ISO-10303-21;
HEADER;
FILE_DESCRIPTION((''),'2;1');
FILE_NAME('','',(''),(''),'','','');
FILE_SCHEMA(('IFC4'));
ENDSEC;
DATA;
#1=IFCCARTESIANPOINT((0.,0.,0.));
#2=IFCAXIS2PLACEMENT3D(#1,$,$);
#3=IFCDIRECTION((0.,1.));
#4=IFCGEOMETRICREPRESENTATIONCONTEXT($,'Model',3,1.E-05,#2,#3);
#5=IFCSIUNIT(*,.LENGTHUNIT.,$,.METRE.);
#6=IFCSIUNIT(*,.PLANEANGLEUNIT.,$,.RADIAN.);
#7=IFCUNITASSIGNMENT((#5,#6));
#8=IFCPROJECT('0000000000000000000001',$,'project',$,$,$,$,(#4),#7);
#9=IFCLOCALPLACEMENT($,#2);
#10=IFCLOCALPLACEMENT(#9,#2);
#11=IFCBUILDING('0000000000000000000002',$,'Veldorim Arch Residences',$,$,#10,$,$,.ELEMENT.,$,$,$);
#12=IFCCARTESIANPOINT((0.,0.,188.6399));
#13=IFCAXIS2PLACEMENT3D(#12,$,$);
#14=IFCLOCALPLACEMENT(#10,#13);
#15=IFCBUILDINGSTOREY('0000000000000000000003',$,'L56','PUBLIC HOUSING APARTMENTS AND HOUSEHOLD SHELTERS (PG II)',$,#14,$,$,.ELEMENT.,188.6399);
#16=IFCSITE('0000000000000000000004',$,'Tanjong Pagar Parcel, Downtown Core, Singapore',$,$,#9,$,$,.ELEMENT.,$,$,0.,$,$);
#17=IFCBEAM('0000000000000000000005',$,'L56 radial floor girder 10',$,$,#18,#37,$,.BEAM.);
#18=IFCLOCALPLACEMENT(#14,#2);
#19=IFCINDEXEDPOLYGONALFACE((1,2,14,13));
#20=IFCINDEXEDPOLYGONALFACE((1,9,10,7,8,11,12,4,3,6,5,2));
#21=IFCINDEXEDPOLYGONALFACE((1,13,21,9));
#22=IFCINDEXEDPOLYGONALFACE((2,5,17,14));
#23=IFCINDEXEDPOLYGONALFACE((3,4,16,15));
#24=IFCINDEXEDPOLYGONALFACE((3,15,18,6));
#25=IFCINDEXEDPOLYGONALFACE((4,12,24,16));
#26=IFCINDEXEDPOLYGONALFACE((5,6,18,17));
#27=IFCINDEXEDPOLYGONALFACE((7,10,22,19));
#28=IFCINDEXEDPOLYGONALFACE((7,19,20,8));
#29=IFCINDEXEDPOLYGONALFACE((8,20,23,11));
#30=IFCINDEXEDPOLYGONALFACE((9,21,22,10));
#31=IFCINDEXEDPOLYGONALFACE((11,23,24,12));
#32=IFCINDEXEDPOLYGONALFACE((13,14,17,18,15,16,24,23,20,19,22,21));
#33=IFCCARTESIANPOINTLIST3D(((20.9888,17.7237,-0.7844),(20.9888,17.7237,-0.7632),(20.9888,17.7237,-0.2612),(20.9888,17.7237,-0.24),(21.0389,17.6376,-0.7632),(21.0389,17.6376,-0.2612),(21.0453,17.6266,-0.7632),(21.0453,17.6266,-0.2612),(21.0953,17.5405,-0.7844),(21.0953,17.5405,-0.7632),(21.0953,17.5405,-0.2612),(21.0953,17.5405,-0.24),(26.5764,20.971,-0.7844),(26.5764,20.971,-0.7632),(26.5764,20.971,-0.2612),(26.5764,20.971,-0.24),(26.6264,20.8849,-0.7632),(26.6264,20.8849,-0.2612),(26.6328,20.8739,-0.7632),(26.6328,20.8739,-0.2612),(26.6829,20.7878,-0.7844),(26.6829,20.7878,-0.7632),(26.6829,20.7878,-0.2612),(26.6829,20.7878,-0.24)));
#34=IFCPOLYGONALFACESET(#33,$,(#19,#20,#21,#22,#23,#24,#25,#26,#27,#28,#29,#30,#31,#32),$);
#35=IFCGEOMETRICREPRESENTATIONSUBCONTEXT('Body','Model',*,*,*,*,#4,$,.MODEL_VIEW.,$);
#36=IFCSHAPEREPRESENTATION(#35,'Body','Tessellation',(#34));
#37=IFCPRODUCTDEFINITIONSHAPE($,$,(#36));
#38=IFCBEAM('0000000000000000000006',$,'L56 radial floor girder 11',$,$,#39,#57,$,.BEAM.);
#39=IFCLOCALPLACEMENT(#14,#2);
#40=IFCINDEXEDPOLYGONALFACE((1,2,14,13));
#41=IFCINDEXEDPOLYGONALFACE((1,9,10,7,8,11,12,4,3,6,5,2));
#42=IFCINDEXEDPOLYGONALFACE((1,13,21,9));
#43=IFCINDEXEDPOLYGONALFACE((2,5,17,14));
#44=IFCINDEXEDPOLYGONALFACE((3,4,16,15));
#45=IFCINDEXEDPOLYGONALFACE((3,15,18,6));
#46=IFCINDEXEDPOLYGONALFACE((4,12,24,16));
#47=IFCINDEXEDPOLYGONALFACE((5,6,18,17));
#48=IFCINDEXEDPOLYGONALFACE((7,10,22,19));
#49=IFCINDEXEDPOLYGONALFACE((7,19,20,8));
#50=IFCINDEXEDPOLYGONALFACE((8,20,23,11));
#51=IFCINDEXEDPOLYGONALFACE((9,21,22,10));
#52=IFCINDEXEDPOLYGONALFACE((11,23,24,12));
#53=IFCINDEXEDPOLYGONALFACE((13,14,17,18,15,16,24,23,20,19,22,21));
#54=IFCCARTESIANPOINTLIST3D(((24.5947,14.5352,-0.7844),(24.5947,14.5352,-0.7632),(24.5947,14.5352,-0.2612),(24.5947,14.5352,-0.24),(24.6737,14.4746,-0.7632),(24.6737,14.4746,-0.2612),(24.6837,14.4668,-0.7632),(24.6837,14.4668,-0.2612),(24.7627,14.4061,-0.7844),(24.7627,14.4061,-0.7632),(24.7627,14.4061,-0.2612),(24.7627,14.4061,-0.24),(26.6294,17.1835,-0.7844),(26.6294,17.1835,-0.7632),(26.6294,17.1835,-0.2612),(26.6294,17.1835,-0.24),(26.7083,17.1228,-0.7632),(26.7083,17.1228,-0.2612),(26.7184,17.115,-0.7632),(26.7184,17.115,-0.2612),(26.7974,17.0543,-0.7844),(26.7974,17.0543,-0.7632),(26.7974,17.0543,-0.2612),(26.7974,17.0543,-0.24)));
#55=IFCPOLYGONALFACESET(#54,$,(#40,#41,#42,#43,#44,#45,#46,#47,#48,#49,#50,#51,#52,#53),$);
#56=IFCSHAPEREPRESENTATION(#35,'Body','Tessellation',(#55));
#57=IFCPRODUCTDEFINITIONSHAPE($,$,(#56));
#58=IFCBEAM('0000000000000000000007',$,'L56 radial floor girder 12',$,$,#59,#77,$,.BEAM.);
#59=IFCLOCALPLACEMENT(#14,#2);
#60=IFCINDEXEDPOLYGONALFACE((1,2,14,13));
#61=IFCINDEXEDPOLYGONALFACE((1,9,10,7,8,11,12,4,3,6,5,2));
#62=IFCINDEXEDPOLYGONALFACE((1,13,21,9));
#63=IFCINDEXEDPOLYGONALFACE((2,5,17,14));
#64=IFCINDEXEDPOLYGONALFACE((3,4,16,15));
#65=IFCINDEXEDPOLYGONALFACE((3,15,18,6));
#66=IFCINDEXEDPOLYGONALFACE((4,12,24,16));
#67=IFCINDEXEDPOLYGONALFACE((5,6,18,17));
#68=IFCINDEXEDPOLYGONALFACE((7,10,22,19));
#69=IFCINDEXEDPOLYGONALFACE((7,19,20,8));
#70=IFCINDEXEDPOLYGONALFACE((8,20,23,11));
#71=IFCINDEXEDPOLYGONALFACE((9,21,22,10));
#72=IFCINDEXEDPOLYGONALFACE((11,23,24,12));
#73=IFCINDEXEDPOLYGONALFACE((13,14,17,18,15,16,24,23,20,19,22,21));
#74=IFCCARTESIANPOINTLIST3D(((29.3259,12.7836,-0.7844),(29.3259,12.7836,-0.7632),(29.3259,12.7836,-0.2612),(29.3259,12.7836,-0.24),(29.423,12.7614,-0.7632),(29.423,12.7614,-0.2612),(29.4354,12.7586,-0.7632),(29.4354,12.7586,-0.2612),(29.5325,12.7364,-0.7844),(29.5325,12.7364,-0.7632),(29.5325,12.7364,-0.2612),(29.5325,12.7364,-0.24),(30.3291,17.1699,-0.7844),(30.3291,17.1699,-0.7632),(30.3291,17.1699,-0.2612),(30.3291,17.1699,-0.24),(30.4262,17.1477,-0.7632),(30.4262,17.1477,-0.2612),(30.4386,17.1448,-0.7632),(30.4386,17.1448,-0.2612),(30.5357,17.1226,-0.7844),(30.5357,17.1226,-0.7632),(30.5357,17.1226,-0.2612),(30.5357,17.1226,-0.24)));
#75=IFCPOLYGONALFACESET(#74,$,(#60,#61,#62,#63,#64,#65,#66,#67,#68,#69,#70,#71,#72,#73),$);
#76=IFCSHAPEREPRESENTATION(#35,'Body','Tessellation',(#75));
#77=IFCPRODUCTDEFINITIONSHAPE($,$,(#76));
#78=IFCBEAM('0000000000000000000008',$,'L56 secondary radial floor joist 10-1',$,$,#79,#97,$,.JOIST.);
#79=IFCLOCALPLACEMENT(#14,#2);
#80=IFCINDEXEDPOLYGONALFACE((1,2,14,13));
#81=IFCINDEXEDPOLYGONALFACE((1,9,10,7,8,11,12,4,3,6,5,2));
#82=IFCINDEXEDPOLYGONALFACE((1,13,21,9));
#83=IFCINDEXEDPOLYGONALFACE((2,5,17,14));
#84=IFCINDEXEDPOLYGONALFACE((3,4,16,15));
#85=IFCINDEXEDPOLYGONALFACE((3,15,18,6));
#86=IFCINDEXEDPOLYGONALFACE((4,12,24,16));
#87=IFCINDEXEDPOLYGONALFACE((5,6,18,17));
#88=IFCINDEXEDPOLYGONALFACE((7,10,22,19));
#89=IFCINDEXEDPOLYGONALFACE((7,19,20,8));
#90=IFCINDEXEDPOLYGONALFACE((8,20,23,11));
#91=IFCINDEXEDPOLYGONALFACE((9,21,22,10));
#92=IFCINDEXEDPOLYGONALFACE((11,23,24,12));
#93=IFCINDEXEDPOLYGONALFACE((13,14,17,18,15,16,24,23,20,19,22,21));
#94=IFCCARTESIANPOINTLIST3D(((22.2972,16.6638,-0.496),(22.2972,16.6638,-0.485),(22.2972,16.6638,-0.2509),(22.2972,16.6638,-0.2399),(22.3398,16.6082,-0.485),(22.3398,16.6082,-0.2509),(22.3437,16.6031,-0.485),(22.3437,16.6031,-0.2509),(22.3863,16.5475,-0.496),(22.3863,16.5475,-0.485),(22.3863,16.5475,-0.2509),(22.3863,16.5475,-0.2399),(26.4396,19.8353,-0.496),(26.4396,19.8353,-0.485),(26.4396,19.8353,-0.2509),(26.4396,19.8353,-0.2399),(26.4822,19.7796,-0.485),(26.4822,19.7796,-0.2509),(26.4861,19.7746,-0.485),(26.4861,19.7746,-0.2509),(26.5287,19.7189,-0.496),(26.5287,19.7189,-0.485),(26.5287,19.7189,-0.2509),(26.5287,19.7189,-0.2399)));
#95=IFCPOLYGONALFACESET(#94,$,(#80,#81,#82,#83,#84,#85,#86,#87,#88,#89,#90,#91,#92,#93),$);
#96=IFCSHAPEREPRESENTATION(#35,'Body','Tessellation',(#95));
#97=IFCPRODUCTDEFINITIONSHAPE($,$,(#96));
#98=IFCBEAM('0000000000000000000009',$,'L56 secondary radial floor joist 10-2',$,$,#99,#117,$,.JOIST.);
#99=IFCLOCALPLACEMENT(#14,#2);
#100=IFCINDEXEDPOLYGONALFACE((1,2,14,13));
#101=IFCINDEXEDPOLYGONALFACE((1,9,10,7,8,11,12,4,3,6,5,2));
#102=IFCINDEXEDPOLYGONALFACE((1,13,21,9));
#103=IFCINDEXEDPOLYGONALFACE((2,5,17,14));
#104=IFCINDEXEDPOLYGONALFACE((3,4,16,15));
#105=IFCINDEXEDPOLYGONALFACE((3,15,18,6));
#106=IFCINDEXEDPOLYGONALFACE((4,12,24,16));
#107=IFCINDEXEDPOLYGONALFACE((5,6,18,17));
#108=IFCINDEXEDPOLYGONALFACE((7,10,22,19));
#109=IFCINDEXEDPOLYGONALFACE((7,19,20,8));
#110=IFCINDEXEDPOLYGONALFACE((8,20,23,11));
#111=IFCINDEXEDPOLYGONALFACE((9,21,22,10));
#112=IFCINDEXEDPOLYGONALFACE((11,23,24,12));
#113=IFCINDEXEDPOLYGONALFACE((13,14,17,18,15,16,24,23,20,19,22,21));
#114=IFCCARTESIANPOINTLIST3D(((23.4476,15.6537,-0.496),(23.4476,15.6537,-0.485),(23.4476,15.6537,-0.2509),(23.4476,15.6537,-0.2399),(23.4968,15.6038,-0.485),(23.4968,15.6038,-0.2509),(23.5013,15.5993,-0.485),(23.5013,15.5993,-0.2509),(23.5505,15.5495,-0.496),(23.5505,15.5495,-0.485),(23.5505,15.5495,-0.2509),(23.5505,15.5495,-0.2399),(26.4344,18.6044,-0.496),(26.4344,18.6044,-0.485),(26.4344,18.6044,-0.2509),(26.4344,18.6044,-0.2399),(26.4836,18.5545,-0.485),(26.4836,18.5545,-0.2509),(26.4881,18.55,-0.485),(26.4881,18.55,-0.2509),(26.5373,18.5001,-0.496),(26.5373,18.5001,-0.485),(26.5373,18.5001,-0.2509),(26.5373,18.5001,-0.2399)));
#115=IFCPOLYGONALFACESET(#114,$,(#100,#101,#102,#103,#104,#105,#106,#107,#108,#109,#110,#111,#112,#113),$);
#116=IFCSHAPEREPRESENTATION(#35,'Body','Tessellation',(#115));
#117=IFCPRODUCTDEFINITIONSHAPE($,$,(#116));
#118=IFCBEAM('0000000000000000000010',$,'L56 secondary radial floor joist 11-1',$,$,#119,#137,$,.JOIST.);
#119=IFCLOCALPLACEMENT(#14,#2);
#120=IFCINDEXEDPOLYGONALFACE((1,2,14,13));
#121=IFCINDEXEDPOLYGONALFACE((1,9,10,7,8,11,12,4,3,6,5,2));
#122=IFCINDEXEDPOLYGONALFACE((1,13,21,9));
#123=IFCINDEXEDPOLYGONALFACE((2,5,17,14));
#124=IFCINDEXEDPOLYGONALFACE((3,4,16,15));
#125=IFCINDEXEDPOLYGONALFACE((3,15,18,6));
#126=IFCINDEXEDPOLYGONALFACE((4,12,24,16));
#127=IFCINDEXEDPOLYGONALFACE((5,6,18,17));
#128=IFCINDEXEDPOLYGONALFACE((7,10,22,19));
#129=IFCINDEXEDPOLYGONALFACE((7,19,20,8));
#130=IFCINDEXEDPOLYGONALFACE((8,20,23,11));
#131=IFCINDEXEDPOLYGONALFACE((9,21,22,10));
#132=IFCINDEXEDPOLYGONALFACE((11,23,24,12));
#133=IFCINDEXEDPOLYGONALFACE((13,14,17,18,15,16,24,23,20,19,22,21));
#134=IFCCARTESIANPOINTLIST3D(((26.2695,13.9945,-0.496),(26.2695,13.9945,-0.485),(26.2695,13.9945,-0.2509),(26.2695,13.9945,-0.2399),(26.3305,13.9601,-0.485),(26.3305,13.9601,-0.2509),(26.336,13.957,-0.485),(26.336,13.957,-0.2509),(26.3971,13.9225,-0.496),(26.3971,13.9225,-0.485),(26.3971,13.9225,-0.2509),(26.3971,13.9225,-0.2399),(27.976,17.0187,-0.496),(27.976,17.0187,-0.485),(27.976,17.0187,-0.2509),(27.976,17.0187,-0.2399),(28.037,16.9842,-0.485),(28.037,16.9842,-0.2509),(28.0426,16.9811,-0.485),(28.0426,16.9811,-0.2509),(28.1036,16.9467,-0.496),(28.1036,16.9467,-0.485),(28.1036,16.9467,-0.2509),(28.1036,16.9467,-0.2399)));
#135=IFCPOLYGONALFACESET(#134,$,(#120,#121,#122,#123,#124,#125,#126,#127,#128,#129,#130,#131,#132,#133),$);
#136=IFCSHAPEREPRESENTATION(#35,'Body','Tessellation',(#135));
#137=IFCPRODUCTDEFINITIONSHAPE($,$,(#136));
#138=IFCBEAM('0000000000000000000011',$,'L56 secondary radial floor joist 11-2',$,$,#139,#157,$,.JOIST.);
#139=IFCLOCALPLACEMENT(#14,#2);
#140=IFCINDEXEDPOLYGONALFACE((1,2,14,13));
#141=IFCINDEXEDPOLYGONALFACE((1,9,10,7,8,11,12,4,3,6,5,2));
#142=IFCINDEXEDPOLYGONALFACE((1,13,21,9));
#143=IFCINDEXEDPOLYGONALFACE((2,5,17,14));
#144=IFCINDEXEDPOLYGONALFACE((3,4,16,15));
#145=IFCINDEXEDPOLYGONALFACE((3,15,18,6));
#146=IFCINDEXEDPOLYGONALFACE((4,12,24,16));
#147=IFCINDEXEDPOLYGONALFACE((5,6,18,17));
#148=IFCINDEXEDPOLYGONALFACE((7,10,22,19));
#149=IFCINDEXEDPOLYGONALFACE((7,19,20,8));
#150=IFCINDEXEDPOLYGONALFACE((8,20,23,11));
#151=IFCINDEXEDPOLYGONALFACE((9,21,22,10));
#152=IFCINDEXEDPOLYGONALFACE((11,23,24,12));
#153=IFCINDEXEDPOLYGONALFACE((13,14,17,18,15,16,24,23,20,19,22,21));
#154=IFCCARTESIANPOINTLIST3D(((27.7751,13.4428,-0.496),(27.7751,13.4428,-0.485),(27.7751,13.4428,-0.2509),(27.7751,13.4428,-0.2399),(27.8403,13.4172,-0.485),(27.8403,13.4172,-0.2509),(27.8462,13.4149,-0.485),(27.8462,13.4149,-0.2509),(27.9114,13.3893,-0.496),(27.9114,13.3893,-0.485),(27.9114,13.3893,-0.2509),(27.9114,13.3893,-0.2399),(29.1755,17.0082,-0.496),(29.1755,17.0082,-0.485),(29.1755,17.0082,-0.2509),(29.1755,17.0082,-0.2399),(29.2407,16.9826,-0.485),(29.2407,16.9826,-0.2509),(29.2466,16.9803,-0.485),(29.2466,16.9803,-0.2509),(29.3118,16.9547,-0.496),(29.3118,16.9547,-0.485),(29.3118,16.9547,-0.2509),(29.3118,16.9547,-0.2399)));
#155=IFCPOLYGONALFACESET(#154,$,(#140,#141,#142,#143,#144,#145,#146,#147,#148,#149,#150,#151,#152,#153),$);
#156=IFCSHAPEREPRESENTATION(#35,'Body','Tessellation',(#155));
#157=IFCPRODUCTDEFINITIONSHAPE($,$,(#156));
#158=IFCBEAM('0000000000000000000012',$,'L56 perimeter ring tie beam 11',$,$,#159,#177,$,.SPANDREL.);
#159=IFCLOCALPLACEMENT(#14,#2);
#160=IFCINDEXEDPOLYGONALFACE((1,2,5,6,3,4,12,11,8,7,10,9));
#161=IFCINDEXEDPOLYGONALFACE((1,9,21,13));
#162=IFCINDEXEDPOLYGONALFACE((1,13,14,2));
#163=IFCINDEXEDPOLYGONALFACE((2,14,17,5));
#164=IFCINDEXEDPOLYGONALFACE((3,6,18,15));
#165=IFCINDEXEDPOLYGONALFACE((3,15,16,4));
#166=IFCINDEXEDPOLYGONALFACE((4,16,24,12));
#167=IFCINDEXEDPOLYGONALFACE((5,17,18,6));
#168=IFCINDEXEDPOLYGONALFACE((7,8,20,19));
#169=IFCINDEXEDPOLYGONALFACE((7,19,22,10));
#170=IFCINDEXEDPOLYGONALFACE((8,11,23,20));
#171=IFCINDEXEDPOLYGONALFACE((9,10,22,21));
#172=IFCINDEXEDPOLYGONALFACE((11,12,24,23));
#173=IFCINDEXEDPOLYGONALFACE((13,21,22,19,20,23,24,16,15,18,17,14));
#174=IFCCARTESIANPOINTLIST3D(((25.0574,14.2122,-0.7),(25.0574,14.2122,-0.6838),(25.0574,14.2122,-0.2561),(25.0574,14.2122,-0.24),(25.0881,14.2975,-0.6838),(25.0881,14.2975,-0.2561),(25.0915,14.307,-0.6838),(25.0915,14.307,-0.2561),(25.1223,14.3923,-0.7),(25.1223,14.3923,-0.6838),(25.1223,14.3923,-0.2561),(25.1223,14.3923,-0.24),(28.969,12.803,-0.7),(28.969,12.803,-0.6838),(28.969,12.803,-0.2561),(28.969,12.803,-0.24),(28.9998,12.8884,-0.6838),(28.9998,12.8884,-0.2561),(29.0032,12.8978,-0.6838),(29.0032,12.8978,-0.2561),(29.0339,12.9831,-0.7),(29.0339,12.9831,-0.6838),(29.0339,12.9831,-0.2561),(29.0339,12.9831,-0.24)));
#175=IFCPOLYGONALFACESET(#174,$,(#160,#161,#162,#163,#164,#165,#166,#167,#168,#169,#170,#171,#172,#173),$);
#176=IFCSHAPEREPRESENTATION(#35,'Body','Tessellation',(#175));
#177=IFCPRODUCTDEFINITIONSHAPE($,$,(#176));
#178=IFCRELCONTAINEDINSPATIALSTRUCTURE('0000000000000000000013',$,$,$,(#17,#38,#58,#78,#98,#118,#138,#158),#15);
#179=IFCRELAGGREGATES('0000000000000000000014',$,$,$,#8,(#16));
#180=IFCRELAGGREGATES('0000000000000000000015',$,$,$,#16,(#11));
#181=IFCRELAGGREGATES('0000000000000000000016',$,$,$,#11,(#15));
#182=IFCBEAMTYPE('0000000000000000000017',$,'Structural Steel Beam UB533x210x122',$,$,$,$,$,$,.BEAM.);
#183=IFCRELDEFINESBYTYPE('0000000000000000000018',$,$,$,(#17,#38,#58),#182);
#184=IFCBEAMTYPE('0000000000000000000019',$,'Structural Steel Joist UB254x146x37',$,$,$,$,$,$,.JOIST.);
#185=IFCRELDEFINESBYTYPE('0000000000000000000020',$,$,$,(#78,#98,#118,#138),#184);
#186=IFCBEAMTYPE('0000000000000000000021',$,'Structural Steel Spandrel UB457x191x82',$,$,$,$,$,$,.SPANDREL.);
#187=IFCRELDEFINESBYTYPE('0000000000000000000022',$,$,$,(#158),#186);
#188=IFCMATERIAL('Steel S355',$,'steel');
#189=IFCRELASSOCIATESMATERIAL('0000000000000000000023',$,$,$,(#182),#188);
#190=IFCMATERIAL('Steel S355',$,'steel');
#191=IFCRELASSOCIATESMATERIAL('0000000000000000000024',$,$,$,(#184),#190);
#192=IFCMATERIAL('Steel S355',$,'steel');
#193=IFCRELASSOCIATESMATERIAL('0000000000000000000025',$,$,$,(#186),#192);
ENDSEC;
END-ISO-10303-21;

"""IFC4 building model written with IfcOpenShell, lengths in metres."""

from ifc_helpers import new_model, si_unit, direction, frame, origin, origin_2d, place, context, subcontext, project, spatial, i_section, extrude, material, material_profile, profile_set, type_object, element, save


model = new_model("IFC4")

# Units and contexts
model_context = context("Model", 3, precision=1e-05, world=origin(), true_north=direction((0.0, 1.0)))
body_context = subcontext(model_context, "Body", "Model", "MODEL_VIEW")
ifc_project = project(units=[si_unit("LENGTHUNIT", "METRE"), si_unit("PLANEANGLEUNIT", "RADIAN")], contexts=[model_context])

# Site, building, storey
site_placement = place(None, origin())
site = spatial("IfcSite", under=ifc_project, at=site_placement, Name="Tanjong Pagar Parcel, Downtown Core, Singapore", CompositionType="ELEMENT", RefElevation=0.0)
building_placement = place(site_placement, origin())
building = spatial("IfcBuilding", under=site, at=building_placement, Name="Veldorim Arch Residences", CompositionType="ELEMENT")
storey_placement = place(building_placement, frame((0.0, 0.0, 188.6399)))
storey = spatial("IfcBuildingStorey", under=building, at=storey_placement, Name="L56", Description="PUBLIC HOUSING APARTMENTS AND HOUSEHOLD SHELTERS (PG II)", CompositionType="ELEMENT", Elevation=188.6399)

# Beams
ifc_material_1 = material(Name="Steel S355", Category="steel")
ifc_material_profile_1 = material_profile(ifc_material_1, i_section(OverallWidth=0.2119, OverallDepth=0.5444, WebThickness=0.0127, FlangeThickness=0.0212, at=origin_2d()), Name="UB533x210x122")
ifc_profile_set_1 = profile_set([ifc_material_profile_1], Name="Steel S355")
beam_type_1 = type_object("IfcBeamType", Name="Structural Steel Beam UB533x210x122", PredefinedType="BEAM", material=ifc_profile_set_1)
beam_1_placement = place(storey_placement, frame((26.6296, 20.8794, -0.5122), z_axis=(-0.864596, -0.502468, 0.0), x_axis=(0.502468, -0.864596, 0.0)))
element("IfcBeam", 1, at=beam_1_placement, inside=storey, type_object=beam_type_1, Name="L56 radial floor girder 10", PredefinedType="BEAM", context=body_context, shape_type="SweptSolid", body=[
    extrude(i_section(OverallWidth=0.2119, OverallDepth=0.5444, WebThickness=0.0127, FlangeThickness=0.0212, at=origin_2d()), origin(), (0.0, 0.0, 1.0), 6.4626),
])
beam_2_placement = place(storey_placement, frame((26.7134, 17.1189, -0.5122), z_axis=(-0.609258, -0.792972, 0.0), x_axis=(0.792972, -0.609258, 0.0)))
element("IfcBeam", 2, at=beam_2_placement, inside=storey, type_object=beam_type_1, Name="L56 radial floor girder 11", PredefinedType="BEAM", context=body_context, shape_type="SweptSolid", body=[
    extrude(i_section(OverallWidth=0.2119, OverallDepth=0.5444, WebThickness=0.0127, FlangeThickness=0.0212, at=origin_2d()), origin(), (0.0, 0.0, 1.0), 3.3396),
])
beam_3_placement = place(storey_placement, frame((30.4324, 17.1462, -0.5122), z_axis=(-0.222953, -0.974829, 0.0), x_axis=(0.974829, -0.222953, 0.0)))
element("IfcBeam", 3, at=beam_3_placement, inside=storey, type_object=beam_type_1, Name="L56 radial floor girder 12", PredefinedType="BEAM", context=body_context, shape_type="SweptSolid", body=[
    extrude(i_section(OverallWidth=0.2119, OverallDepth=0.5444, WebThickness=0.0127, FlangeThickness=0.0212, at=origin_2d()), origin(), (0.0, 0.0, 1.0), 4.4995),
])
ifc_material_2 = material(Name="Steel S355", Category="steel")
ifc_material_profile_2 = material_profile(ifc_material_2, i_section(OverallWidth=0.1465, OverallDepth=0.2561, WebThickness=0.0063, FlangeThickness=0.011, at=origin_2d()), Name="UB254x146x37")
ifc_profile_set_2 = profile_set([ifc_material_profile_2], Name="Steel S355")
beam_type_2 = type_object("IfcBeamType", Name="Structural Steel Joist UB254x146x37", PredefinedType="JOIST", material=ifc_profile_set_2)
beam_4_placement = place(storey_placement, frame((26.4841, 19.7771, -0.3679), z_axis=(-0.794014, -0.6079, 0.0), x_axis=(0.6079, -0.794014, 0.0)))
element("IfcBeam", 4, at=beam_4_placement, inside=storey, type_object=beam_type_2, Name="L56 secondary radial floor joist 10-1", PredefinedType="JOIST", context=body_context, shape_type="SweptSolid", body=[
    extrude(i_section(OverallWidth=0.1465, OverallDepth=0.2561, WebThickness=0.0063, FlangeThickness=0.011, at=origin_2d()), origin(), (0.0, 0.0, 1.0), 5.217),
])
beam_5_placement = place(storey_placement, frame((26.4858, 18.5522, -0.3679), z_axis=(-0.711397, -0.702791, 0.0), x_axis=(0.702791, -0.711397, 0.0)))
element("IfcBeam", 5, at=beam_5_placement, inside=storey, type_object=beam_type_2, Name="L56 secondary radial floor joist 10-2", PredefinedType="JOIST", context=body_context, shape_type="SweptSolid", body=[
    extrude(i_section(OverallWidth=0.1465, OverallDepth=0.2561, WebThickness=0.0063, FlangeThickness=0.011, at=origin_2d()), origin(), (0.0, 0.0, 1.0), 4.1985),
])
beam_6_placement = place(storey_placement, frame((28.0398, 16.9827, -0.3679), z_axis=(-0.491452, -0.870904, 0.0), x_axis=(0.870904, -0.491452, 0.0)))
element("IfcBeam", 6, at=beam_6_placement, inside=storey, type_object=beam_type_2, Name="L56 secondary radial floor joist 11-1", PredefinedType="JOIST", context=body_context, shape_type="SweptSolid", body=[
    extrude(i_section(OverallWidth=0.1465, OverallDepth=0.2561, WebThickness=0.0063, FlangeThickness=0.011, at=origin_2d()), origin(), (0.0, 0.0, 1.0), 3.4724),
])
beam_7_placement = place(storey_placement, frame((29.2437, 16.9814, -0.3679), z_axis=(-0.365581, -0.930779, 0.0), x_axis=(0.930779, -0.365581, 0.0)))
element("IfcBeam", 7, at=beam_7_placement, inside=storey, type_object=beam_type_2, Name="L56 secondary radial floor joist 11-2", PredefinedType="JOIST", context=body_context, shape_type="SweptSolid", body=[
    extrude(i_section(OverallWidth=0.1465, OverallDepth=0.2561, WebThickness=0.0063, FlangeThickness=0.011, at=origin_2d()), origin(), (0.0, 0.0, 1.0), 3.8306),
])
ifc_material_3 = material(Name="Steel S355", Category="steel")
ifc_material_profile_3 = material_profile(ifc_material_3, i_section(OverallWidth=0.1914, OverallDepth=0.46, WebThickness=0.01, FlangeThickness=0.0161, at=origin_2d()), Name="UB457x191x82")
ifc_profile_set_3 = profile_set([ifc_material_profile_3], Name="Steel S355")
beam_type_3 = type_object("IfcBeamType", Name="Structural Steel Spandrel UB457x191x82", PredefinedType="SPANDREL", material=ifc_profile_set_3)
beam_8_placement = place(storey_placement, frame((25.0898, 14.3022, -0.47), z_axis=(0.940811, -0.338932, 0.0), x_axis=(0.338932, 0.940811, 0.0)))
element("IfcBeam", 8, at=beam_8_placement, inside=storey, type_object=beam_type_3, Name="L56 perimeter ring tie beam 11", PredefinedType="SPANDREL", context=body_context, shape_type="SweptSolid", body=[
    extrude(i_section(OverallWidth=0.1914, OverallDepth=0.46, WebThickness=0.01, FlangeThickness=0.0161, at=origin_2d()), origin(), (0.0, 0.0, 1.0), 4.1577),
])

save(model, "model.ifc")
